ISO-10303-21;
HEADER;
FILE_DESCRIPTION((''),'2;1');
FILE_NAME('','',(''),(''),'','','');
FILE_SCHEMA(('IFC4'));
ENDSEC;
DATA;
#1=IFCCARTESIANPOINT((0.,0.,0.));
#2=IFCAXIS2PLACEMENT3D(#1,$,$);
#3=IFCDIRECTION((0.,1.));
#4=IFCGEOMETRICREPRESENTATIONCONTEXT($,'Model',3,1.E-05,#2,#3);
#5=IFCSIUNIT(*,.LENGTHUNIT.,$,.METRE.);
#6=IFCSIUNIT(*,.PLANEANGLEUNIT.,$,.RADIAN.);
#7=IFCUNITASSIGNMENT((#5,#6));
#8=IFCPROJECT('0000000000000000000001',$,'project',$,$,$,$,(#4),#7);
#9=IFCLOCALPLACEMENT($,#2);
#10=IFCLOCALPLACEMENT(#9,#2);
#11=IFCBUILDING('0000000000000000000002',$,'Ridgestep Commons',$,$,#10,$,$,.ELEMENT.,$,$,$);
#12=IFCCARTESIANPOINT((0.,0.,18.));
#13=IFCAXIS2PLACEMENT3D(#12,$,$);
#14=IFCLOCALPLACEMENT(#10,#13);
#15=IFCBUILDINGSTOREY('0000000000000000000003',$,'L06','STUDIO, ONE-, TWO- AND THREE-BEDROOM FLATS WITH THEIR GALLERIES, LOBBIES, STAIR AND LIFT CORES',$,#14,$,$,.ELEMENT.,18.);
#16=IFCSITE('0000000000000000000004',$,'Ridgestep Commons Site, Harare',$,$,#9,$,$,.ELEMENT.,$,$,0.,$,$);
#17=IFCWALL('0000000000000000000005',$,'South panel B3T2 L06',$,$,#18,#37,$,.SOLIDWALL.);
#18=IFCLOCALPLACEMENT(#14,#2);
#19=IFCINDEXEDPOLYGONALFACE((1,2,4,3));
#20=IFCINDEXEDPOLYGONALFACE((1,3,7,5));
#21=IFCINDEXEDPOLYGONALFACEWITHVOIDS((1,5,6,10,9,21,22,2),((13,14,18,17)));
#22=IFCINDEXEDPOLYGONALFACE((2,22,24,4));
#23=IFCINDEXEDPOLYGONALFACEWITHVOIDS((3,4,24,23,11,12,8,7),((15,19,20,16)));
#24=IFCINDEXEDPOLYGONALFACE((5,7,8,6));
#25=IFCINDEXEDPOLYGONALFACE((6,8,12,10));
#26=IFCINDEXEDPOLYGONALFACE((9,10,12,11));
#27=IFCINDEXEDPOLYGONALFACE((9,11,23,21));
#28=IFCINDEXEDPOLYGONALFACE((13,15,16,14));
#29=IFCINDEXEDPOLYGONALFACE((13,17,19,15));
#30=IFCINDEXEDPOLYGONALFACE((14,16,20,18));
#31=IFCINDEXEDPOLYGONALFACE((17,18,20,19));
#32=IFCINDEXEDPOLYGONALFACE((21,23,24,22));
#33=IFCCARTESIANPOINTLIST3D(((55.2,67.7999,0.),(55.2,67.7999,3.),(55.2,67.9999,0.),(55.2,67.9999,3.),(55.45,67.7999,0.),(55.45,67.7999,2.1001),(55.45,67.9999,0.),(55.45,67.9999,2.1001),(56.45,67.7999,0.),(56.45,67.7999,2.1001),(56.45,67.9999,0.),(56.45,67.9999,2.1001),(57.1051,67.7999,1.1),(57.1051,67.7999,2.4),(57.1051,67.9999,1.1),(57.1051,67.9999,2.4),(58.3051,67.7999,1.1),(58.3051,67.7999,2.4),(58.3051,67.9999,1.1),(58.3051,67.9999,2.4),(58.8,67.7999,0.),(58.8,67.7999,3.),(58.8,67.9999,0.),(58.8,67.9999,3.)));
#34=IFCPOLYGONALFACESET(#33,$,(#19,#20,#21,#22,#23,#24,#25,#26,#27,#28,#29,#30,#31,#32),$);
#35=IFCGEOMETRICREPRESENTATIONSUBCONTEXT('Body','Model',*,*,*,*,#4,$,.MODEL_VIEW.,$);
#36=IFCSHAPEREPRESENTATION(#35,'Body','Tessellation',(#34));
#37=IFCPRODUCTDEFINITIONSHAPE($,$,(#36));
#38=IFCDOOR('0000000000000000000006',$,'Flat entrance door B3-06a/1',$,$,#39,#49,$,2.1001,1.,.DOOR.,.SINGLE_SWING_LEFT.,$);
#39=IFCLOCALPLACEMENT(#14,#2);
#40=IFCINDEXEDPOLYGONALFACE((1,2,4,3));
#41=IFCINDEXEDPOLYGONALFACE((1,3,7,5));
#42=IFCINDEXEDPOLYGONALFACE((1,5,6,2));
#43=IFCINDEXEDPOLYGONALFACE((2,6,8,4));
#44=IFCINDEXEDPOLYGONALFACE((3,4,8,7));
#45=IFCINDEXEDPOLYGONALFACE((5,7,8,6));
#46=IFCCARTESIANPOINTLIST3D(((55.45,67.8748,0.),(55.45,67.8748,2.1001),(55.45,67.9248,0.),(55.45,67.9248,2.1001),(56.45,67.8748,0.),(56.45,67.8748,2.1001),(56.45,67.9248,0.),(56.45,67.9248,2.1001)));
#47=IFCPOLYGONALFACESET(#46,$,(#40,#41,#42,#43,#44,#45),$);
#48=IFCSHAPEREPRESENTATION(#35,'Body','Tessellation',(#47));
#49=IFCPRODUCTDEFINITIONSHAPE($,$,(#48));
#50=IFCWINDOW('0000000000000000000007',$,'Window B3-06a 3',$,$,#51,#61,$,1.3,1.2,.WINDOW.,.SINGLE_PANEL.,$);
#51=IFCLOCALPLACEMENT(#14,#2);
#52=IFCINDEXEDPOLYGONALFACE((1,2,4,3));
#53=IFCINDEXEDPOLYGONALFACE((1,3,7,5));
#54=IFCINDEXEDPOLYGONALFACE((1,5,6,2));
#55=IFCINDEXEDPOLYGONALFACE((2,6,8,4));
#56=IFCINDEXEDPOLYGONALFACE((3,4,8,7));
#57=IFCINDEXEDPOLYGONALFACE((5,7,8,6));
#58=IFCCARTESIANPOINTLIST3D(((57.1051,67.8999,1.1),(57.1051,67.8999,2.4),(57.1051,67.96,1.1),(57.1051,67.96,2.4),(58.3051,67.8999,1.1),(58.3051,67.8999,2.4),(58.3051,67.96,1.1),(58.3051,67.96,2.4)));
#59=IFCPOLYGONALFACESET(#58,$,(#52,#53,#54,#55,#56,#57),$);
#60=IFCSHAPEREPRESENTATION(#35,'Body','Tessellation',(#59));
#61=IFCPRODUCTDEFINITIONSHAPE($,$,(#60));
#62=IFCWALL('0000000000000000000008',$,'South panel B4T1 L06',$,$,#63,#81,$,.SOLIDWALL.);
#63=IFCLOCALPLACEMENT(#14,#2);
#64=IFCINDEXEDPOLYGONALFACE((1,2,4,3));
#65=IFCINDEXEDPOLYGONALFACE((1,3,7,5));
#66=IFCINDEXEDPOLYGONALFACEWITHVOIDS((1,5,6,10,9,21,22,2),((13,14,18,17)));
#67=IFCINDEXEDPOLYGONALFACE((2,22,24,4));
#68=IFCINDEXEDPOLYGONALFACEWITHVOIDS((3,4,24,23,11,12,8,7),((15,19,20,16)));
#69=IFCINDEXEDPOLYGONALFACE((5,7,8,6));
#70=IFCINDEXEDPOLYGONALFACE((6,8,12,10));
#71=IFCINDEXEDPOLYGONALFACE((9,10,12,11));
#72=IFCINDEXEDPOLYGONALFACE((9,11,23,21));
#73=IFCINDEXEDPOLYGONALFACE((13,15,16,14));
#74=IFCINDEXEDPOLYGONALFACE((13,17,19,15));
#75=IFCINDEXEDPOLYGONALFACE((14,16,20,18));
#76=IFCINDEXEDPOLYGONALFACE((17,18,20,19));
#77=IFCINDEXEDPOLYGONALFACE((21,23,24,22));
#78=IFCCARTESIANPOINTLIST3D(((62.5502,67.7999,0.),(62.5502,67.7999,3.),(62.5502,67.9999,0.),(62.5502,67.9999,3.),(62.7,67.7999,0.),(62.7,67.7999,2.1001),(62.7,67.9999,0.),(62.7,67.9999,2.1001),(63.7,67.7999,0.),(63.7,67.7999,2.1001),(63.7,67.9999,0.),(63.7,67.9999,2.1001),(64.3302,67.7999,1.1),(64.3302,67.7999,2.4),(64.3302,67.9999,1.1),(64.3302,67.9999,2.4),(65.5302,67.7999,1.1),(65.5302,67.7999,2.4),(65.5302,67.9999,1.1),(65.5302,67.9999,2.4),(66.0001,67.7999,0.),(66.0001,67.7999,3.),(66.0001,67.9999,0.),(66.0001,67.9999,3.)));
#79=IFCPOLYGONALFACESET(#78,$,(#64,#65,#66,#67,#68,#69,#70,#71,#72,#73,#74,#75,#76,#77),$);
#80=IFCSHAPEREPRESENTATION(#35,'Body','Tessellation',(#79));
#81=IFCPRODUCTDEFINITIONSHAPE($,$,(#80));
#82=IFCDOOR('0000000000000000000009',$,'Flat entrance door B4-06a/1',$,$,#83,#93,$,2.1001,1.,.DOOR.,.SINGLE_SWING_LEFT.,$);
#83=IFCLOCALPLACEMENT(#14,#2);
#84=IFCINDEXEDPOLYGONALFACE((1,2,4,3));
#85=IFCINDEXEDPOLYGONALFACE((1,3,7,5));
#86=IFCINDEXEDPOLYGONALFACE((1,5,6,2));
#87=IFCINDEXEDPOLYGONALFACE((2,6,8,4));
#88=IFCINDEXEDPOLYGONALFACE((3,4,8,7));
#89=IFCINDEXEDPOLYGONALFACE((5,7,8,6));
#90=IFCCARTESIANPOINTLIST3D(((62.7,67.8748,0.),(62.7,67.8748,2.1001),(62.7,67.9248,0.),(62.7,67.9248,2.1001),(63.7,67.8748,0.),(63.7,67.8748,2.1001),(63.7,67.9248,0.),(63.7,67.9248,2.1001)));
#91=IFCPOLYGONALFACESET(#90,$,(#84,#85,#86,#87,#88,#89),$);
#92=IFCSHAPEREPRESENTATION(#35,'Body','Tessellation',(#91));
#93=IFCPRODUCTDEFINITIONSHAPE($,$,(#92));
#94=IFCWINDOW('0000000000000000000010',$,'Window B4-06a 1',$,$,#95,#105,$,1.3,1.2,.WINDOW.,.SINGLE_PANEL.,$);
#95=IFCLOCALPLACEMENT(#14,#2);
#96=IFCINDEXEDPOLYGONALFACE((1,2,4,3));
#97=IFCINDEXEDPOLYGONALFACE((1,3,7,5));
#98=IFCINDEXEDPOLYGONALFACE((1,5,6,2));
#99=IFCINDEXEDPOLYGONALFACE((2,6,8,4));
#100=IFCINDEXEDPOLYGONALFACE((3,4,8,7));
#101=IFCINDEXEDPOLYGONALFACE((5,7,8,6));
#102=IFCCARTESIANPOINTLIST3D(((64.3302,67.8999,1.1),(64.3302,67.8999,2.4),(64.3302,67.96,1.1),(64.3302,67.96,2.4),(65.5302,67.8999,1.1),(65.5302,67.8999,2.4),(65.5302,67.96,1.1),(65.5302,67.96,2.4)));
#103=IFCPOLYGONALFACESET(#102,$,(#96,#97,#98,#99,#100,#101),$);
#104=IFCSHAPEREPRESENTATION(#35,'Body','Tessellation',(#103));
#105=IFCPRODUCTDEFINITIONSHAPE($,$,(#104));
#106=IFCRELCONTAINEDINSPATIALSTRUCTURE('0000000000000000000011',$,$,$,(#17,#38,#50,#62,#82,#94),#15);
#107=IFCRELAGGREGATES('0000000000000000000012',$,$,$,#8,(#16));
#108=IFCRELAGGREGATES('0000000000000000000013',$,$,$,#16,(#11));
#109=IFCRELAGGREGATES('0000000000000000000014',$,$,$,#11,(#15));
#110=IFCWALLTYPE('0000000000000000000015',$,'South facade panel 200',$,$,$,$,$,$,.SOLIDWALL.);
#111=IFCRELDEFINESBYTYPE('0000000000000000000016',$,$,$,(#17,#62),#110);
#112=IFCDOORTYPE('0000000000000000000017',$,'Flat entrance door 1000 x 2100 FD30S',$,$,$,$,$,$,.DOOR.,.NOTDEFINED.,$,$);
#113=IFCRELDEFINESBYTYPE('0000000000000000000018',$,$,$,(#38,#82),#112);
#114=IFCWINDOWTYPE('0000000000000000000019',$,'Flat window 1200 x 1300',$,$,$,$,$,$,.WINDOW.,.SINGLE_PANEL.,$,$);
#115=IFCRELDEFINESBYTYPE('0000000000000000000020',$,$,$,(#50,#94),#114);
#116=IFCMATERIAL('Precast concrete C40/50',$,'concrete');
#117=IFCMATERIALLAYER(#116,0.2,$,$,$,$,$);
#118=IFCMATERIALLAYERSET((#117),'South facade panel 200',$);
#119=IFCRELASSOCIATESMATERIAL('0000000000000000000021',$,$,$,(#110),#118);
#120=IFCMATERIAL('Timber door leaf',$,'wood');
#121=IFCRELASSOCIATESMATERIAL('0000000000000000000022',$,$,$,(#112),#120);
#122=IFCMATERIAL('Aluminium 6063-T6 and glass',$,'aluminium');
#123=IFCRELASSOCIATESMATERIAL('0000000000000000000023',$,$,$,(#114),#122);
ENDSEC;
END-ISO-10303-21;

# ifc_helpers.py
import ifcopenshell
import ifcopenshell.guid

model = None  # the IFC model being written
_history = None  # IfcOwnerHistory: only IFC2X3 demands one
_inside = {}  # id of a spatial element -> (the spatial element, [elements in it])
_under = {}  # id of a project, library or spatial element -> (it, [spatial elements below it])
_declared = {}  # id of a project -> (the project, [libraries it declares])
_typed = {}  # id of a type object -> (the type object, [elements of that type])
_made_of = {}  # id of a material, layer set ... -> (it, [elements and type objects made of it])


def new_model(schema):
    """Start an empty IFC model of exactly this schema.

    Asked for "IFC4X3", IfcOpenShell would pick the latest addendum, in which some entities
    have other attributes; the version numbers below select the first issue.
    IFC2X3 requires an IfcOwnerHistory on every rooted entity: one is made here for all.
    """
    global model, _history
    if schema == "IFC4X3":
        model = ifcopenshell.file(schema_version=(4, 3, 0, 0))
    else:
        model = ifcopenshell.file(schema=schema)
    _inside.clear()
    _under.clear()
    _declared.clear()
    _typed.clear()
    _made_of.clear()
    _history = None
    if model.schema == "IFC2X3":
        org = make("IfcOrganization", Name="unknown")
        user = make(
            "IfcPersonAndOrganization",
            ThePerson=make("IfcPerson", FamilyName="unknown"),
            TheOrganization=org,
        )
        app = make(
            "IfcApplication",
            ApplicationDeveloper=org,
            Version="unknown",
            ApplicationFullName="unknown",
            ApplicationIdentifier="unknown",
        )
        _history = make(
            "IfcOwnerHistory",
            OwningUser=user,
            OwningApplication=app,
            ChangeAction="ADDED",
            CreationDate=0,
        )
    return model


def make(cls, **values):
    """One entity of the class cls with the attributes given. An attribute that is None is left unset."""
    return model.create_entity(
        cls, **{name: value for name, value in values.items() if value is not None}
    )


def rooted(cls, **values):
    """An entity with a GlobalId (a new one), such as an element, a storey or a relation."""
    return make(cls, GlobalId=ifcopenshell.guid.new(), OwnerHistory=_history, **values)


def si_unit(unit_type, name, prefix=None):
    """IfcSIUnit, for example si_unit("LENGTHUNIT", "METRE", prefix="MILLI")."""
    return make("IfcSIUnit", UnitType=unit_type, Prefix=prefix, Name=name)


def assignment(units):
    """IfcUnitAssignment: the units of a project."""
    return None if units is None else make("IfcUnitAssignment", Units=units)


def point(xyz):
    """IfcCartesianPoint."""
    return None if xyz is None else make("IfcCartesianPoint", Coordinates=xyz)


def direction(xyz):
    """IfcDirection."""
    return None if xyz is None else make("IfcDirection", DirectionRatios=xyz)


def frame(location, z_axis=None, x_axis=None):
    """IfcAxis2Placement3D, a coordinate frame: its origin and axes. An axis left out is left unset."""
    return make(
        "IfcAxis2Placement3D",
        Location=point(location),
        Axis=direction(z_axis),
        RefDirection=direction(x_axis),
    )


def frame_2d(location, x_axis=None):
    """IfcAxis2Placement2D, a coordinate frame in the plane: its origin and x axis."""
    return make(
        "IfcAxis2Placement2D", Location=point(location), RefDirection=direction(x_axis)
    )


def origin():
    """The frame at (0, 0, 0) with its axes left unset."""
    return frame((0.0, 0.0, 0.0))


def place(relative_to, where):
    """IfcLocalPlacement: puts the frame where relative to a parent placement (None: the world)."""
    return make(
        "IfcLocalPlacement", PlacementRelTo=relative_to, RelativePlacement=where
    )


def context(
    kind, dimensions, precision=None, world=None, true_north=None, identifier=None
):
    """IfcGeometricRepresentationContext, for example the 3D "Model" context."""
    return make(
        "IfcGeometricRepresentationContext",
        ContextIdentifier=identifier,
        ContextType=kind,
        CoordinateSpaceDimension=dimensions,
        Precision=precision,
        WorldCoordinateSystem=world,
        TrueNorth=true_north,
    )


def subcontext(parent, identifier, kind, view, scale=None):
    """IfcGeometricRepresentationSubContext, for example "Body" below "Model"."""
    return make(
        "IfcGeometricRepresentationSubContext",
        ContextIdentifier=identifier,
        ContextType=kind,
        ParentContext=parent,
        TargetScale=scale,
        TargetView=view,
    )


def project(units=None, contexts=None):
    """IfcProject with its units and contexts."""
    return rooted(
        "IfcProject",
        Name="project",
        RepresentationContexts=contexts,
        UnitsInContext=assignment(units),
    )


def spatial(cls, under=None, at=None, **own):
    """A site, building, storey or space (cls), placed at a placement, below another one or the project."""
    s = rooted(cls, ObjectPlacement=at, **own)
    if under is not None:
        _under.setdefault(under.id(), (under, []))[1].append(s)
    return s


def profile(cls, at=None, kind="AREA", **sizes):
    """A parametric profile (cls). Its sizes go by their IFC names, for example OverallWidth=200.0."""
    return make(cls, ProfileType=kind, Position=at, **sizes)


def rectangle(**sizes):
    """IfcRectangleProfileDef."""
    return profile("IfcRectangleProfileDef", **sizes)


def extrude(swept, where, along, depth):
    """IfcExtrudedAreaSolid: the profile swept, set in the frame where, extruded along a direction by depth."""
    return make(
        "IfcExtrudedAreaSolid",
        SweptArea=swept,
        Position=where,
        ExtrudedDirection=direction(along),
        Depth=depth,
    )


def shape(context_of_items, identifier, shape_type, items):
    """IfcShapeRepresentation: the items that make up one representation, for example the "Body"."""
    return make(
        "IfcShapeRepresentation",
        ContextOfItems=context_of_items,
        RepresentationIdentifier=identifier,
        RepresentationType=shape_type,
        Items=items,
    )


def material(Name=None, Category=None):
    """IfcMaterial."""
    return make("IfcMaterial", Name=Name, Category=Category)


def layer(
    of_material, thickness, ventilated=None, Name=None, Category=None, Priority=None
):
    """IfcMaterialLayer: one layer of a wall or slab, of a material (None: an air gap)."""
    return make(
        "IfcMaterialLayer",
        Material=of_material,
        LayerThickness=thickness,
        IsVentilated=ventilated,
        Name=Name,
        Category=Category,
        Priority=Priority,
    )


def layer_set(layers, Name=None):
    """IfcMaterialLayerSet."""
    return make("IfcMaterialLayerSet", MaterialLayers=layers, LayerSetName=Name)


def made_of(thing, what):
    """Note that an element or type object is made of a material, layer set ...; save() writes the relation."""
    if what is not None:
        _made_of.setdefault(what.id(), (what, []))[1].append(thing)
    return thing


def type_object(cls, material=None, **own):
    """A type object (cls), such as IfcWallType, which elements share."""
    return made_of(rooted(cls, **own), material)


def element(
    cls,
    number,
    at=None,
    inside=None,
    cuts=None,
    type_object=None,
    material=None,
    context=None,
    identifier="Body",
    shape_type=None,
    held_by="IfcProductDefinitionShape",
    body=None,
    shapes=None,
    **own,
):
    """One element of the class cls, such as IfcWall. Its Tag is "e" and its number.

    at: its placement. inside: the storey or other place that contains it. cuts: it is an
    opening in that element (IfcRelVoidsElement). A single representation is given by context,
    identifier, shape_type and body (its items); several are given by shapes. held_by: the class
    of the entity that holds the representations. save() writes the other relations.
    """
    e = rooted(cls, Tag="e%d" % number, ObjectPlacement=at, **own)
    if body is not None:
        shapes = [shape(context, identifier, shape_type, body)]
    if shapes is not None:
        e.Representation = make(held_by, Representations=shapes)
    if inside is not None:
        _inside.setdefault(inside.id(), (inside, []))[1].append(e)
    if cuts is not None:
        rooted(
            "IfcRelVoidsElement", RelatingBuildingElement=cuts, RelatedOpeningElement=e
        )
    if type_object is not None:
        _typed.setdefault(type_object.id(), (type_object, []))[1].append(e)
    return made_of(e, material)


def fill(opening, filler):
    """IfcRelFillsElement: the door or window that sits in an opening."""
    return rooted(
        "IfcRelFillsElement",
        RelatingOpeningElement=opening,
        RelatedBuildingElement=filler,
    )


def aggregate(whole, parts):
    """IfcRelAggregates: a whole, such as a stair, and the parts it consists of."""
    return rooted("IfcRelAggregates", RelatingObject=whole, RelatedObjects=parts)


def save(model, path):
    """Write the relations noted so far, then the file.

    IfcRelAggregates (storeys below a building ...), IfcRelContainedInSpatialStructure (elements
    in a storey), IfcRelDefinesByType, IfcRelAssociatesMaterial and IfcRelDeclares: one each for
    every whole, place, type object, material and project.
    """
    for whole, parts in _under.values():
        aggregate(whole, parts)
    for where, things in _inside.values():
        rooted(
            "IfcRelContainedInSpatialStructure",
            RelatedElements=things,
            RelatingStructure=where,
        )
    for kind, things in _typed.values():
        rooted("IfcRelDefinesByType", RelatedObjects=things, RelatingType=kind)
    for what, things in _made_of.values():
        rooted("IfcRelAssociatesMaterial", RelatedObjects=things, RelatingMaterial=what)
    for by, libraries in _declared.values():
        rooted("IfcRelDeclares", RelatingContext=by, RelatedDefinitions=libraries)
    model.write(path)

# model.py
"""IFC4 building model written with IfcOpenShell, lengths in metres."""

from ifc_helpers import new_model, si_unit, direction, frame, frame_2d, origin, place, context, subcontext, project, spatial, rectangle, extrude, material, layer, layer_set, type_object, element, fill, save


model = new_model("IFC4")

# Units and contexts
model_context = context("Model", 3, precision=1e-05, world=origin(), true_north=direction((0.0, 1.0)))
body_context = subcontext(model_context, "Body", "Model", "MODEL_VIEW")
ifc_project = project(units=[si_unit("LENGTHUNIT", "METRE"), si_unit("PLANEANGLEUNIT", "RADIAN")], contexts=[model_context])

# Site, building, storey
site_placement = place(None, origin())
site = spatial("IfcSite", under=ifc_project, at=site_placement, Name="Ridgestep Commons Site, Harare", CompositionType="ELEMENT", RefElevation=0.0)
building_placement = place(site_placement, origin())
building = spatial("IfcBuilding", under=site, at=building_placement, Name="Ridgestep Commons", CompositionType="ELEMENT")
storey_placement = place(building_placement, frame((0.0, 0.0, 18.0)))
storey = spatial("IfcBuildingStorey", under=building, at=storey_placement, Name="L06", Description="STUDIO, ONE-, TWO- AND THREE-BEDROOM FLATS WITH THEIR GALLERIES, LOBBIES, STAIR AND LIFT CORES", CompositionType="ELEMENT", Elevation=18.0)

# Walls, openings, doors, windows
ifc_material_1 = material(Name="Precast concrete C40/50", Category="concrete")
ifc_layer_1 = layer(ifc_material_1, 0.2)
ifc_layer_set_1 = layer_set([ifc_layer_1], Name="South facade panel 200")
wall_type_1 = type_object("IfcWallType", Name="South facade panel 200", PredefinedType="SOLIDWALL", material=ifc_layer_set_1)
wall_1_placement = place(storey_placement, frame((55.2, 67.8999, 0.0), z_axis=(0.0, 0.0, 1.0), x_axis=(1.0, 0.0, 0.0)))
wall_1 = element("IfcWall", 1, at=wall_1_placement, inside=storey, type_object=wall_type_1, Name="South panel B3T2 L06", PredefinedType="SOLIDWALL", context=body_context, shape_type="SweptSolid", body=[
    extrude(rectangle(XDim=3.6001, YDim=0.2, at=frame_2d((1.8, 0.0))), origin(), (0.0, 0.0, 1.0), 3.0),
])
opening_1_placement = place(wall_1_placement, frame((1.905, 0.0, 1.1001)))
opening_1 = element("IfcOpeningElement", 2, at=opening_1_placement, cuts=wall_1, PredefinedType="OPENING", context=body_context, shape_type="SweptSolid", body=[
    extrude(rectangle(XDim=1.2, YDim=1.3, at=frame_2d((0.6001, 0.6499))), frame((0.0, 0.1099, 0.0), z_axis=(0.0, -1.0, 0.0), x_axis=(1.0, 0.0, 0.0)), (0.0, 0.0, 1.0), 0.22),
])
opening_2_placement = place(wall_1_placement, frame((0.25, 0.0, 0.0)))
opening_2 = element("IfcOpeningElement", 3, at=opening_2_placement, cuts=wall_1, PredefinedType="OPENING", context=body_context, shape_type="SweptSolid", body=[
    extrude(rectangle(XDim=1.0, YDim=2.1001, at=frame_2d((0.5, 1.05))), frame((0.0, 0.1099, 0.0), z_axis=(0.0, -1.0, 0.0), x_axis=(1.0, 0.0, 0.0)), (0.0, 0.0, 1.0), 0.22),
])
ifc_material_2 = material(Name="Timber door leaf", Category="wood")
door_type_1 = type_object("IfcDoorType", Name="Flat entrance door 1000 x 2100 FD30S", OperationType="NOTDEFINED", PredefinedType="DOOR", material=ifc_material_2)
door_1_placement = place(opening_2_placement, origin())
door_1 = element("IfcDoor", 4, at=door_1_placement, inside=storey, type_object=door_type_1, Name="Flat entrance door B3-06a/1", OperationType="SINGLE_SWING_LEFT", OverallHeight=2.1001, OverallWidth=1.0, PredefinedType="DOOR", context=body_context, shape_type="SweptSolid", body=[
    extrude(rectangle(XDim=1.0, YDim=2.1001, at=frame_2d((0.5, 1.05))), frame((0.0, 0.0249, 0.0), z_axis=(0.0, -1.0, 0.0), x_axis=(1.0, 0.0, 0.0)), (0.0, 0.0, 1.0), 0.05),
])
fill(opening_2, door_1)
ifc_material_3 = material(Name="Aluminium 6063-T6 and glass", Category="aluminium")
window_type_1 = type_object("IfcWindowType", Name="Flat window 1200 x 1300", PartitioningType="SINGLE_PANEL", PredefinedType="WINDOW", material=ifc_material_3)
window_1_placement = place(opening_1_placement, origin())
window_1 = element("IfcWindow", 5, at=window_1_placement, inside=storey, type_object=window_type_1, Name="Window B3-06a 3", OverallHeight=1.3, OverallWidth=1.2, PartitioningType="SINGLE_PANEL", PredefinedType="WINDOW", context=body_context, shape_type="SweptSolid", body=[
    extrude(rectangle(XDim=1.2, YDim=1.3, at=frame_2d((0.6001, 0.6499))), frame((0.0, 0.0601, 0.0), z_axis=(0.0, -1.0, 0.0), x_axis=(1.0, 0.0, 0.0)), (0.0, 0.0, 1.0), 0.0601),
])
fill(opening_1, window_1)
wall_2_placement = place(storey_placement, frame((62.55, 67.8999, 0.0), z_axis=(0.0, 0.0, 1.0), x_axis=(1.0, 0.0, 0.0)))
wall_2 = element("IfcWall", 6, at=wall_2_placement, inside=storey, type_object=wall_type_1, Name="South panel B4T1 L06", PredefinedType="SOLIDWALL", context=body_context, shape_type="SweptSolid", body=[
    extrude(rectangle(XDim=3.45, YDim=0.2, at=frame_2d((1.7251, 0.0))), origin(), (0.0, 0.0, 1.0), 3.0),
])
opening_3_placement = place(wall_2_placement, frame((1.78, 0.0, 1.1001)))
opening_3 = element("IfcOpeningElement", 7, at=opening_3_placement, cuts=wall_2, PredefinedType="OPENING", context=body_context, shape_type="SweptSolid", body=[
    extrude(rectangle(XDim=1.2, YDim=1.3, at=frame_2d((0.6001, 0.6499))), frame((0.0, 0.1099, 0.0), z_axis=(0.0, -1.0, 0.0), x_axis=(1.0, 0.0, 0.0)), (0.0, 0.0, 1.0), 0.22),
])
opening_4_placement = place(wall_2_placement, frame((0.1499, 0.0, 0.0)))
opening_4 = element("IfcOpeningElement", 8, at=opening_4_placement, cuts=wall_2, PredefinedType="OPENING", context=body_context, shape_type="SweptSolid", body=[
    extrude(rectangle(XDim=1.0, YDim=2.1001, at=frame_2d((0.5, 1.05))), frame((0.0, 0.1099, 0.0), z_axis=(0.0, -1.0, 0.0), x_axis=(1.0, 0.0, 0.0)), (0.0, 0.0, 1.0), 0.22),
])
door_2_placement = place(opening_4_placement, origin())
door_2 = element("IfcDoor", 9, at=door_2_placement, inside=storey, type_object=door_type_1, Name="Flat entrance door B4-06a/1", OperationType="SINGLE_SWING_LEFT", OverallHeight=2.1001, OverallWidth=1.0, PredefinedType="DOOR", context=body_context, shape_type="SweptSolid", body=[
    extrude(rectangle(XDim=1.0, YDim=2.1001, at=frame_2d((0.5, 1.05))), frame((0.0, 0.0249, 0.0), z_axis=(0.0, -1.0, 0.0), x_axis=(1.0, 0.0, 0.0)), (0.0, 0.0, 1.0), 0.05),
])
fill(opening_4, door_2)
window_2_placement = place(opening_3_placement, origin())
window_2 = element("IfcWindow", 10, at=window_2_placement, inside=storey, type_object=window_type_1, Name="Window B4-06a 1", OverallHeight=1.3, OverallWidth=1.2, PartitioningType="SINGLE_PANEL", PredefinedType="WINDOW", context=body_context, shape_type="SweptSolid", body=[
    extrude(rectangle(XDim=1.2, YDim=1.3, at=frame_2d((0.6001, 0.6499))), frame((0.0, 0.0601, 0.0), z_axis=(0.0, -1.0, 0.0), x_axis=(1.0, 0.0, 0.0)), (0.0, 0.0, 1.0), 0.0601),
])
fill(opening_3, window_2)

save(model, "model.ifc")
